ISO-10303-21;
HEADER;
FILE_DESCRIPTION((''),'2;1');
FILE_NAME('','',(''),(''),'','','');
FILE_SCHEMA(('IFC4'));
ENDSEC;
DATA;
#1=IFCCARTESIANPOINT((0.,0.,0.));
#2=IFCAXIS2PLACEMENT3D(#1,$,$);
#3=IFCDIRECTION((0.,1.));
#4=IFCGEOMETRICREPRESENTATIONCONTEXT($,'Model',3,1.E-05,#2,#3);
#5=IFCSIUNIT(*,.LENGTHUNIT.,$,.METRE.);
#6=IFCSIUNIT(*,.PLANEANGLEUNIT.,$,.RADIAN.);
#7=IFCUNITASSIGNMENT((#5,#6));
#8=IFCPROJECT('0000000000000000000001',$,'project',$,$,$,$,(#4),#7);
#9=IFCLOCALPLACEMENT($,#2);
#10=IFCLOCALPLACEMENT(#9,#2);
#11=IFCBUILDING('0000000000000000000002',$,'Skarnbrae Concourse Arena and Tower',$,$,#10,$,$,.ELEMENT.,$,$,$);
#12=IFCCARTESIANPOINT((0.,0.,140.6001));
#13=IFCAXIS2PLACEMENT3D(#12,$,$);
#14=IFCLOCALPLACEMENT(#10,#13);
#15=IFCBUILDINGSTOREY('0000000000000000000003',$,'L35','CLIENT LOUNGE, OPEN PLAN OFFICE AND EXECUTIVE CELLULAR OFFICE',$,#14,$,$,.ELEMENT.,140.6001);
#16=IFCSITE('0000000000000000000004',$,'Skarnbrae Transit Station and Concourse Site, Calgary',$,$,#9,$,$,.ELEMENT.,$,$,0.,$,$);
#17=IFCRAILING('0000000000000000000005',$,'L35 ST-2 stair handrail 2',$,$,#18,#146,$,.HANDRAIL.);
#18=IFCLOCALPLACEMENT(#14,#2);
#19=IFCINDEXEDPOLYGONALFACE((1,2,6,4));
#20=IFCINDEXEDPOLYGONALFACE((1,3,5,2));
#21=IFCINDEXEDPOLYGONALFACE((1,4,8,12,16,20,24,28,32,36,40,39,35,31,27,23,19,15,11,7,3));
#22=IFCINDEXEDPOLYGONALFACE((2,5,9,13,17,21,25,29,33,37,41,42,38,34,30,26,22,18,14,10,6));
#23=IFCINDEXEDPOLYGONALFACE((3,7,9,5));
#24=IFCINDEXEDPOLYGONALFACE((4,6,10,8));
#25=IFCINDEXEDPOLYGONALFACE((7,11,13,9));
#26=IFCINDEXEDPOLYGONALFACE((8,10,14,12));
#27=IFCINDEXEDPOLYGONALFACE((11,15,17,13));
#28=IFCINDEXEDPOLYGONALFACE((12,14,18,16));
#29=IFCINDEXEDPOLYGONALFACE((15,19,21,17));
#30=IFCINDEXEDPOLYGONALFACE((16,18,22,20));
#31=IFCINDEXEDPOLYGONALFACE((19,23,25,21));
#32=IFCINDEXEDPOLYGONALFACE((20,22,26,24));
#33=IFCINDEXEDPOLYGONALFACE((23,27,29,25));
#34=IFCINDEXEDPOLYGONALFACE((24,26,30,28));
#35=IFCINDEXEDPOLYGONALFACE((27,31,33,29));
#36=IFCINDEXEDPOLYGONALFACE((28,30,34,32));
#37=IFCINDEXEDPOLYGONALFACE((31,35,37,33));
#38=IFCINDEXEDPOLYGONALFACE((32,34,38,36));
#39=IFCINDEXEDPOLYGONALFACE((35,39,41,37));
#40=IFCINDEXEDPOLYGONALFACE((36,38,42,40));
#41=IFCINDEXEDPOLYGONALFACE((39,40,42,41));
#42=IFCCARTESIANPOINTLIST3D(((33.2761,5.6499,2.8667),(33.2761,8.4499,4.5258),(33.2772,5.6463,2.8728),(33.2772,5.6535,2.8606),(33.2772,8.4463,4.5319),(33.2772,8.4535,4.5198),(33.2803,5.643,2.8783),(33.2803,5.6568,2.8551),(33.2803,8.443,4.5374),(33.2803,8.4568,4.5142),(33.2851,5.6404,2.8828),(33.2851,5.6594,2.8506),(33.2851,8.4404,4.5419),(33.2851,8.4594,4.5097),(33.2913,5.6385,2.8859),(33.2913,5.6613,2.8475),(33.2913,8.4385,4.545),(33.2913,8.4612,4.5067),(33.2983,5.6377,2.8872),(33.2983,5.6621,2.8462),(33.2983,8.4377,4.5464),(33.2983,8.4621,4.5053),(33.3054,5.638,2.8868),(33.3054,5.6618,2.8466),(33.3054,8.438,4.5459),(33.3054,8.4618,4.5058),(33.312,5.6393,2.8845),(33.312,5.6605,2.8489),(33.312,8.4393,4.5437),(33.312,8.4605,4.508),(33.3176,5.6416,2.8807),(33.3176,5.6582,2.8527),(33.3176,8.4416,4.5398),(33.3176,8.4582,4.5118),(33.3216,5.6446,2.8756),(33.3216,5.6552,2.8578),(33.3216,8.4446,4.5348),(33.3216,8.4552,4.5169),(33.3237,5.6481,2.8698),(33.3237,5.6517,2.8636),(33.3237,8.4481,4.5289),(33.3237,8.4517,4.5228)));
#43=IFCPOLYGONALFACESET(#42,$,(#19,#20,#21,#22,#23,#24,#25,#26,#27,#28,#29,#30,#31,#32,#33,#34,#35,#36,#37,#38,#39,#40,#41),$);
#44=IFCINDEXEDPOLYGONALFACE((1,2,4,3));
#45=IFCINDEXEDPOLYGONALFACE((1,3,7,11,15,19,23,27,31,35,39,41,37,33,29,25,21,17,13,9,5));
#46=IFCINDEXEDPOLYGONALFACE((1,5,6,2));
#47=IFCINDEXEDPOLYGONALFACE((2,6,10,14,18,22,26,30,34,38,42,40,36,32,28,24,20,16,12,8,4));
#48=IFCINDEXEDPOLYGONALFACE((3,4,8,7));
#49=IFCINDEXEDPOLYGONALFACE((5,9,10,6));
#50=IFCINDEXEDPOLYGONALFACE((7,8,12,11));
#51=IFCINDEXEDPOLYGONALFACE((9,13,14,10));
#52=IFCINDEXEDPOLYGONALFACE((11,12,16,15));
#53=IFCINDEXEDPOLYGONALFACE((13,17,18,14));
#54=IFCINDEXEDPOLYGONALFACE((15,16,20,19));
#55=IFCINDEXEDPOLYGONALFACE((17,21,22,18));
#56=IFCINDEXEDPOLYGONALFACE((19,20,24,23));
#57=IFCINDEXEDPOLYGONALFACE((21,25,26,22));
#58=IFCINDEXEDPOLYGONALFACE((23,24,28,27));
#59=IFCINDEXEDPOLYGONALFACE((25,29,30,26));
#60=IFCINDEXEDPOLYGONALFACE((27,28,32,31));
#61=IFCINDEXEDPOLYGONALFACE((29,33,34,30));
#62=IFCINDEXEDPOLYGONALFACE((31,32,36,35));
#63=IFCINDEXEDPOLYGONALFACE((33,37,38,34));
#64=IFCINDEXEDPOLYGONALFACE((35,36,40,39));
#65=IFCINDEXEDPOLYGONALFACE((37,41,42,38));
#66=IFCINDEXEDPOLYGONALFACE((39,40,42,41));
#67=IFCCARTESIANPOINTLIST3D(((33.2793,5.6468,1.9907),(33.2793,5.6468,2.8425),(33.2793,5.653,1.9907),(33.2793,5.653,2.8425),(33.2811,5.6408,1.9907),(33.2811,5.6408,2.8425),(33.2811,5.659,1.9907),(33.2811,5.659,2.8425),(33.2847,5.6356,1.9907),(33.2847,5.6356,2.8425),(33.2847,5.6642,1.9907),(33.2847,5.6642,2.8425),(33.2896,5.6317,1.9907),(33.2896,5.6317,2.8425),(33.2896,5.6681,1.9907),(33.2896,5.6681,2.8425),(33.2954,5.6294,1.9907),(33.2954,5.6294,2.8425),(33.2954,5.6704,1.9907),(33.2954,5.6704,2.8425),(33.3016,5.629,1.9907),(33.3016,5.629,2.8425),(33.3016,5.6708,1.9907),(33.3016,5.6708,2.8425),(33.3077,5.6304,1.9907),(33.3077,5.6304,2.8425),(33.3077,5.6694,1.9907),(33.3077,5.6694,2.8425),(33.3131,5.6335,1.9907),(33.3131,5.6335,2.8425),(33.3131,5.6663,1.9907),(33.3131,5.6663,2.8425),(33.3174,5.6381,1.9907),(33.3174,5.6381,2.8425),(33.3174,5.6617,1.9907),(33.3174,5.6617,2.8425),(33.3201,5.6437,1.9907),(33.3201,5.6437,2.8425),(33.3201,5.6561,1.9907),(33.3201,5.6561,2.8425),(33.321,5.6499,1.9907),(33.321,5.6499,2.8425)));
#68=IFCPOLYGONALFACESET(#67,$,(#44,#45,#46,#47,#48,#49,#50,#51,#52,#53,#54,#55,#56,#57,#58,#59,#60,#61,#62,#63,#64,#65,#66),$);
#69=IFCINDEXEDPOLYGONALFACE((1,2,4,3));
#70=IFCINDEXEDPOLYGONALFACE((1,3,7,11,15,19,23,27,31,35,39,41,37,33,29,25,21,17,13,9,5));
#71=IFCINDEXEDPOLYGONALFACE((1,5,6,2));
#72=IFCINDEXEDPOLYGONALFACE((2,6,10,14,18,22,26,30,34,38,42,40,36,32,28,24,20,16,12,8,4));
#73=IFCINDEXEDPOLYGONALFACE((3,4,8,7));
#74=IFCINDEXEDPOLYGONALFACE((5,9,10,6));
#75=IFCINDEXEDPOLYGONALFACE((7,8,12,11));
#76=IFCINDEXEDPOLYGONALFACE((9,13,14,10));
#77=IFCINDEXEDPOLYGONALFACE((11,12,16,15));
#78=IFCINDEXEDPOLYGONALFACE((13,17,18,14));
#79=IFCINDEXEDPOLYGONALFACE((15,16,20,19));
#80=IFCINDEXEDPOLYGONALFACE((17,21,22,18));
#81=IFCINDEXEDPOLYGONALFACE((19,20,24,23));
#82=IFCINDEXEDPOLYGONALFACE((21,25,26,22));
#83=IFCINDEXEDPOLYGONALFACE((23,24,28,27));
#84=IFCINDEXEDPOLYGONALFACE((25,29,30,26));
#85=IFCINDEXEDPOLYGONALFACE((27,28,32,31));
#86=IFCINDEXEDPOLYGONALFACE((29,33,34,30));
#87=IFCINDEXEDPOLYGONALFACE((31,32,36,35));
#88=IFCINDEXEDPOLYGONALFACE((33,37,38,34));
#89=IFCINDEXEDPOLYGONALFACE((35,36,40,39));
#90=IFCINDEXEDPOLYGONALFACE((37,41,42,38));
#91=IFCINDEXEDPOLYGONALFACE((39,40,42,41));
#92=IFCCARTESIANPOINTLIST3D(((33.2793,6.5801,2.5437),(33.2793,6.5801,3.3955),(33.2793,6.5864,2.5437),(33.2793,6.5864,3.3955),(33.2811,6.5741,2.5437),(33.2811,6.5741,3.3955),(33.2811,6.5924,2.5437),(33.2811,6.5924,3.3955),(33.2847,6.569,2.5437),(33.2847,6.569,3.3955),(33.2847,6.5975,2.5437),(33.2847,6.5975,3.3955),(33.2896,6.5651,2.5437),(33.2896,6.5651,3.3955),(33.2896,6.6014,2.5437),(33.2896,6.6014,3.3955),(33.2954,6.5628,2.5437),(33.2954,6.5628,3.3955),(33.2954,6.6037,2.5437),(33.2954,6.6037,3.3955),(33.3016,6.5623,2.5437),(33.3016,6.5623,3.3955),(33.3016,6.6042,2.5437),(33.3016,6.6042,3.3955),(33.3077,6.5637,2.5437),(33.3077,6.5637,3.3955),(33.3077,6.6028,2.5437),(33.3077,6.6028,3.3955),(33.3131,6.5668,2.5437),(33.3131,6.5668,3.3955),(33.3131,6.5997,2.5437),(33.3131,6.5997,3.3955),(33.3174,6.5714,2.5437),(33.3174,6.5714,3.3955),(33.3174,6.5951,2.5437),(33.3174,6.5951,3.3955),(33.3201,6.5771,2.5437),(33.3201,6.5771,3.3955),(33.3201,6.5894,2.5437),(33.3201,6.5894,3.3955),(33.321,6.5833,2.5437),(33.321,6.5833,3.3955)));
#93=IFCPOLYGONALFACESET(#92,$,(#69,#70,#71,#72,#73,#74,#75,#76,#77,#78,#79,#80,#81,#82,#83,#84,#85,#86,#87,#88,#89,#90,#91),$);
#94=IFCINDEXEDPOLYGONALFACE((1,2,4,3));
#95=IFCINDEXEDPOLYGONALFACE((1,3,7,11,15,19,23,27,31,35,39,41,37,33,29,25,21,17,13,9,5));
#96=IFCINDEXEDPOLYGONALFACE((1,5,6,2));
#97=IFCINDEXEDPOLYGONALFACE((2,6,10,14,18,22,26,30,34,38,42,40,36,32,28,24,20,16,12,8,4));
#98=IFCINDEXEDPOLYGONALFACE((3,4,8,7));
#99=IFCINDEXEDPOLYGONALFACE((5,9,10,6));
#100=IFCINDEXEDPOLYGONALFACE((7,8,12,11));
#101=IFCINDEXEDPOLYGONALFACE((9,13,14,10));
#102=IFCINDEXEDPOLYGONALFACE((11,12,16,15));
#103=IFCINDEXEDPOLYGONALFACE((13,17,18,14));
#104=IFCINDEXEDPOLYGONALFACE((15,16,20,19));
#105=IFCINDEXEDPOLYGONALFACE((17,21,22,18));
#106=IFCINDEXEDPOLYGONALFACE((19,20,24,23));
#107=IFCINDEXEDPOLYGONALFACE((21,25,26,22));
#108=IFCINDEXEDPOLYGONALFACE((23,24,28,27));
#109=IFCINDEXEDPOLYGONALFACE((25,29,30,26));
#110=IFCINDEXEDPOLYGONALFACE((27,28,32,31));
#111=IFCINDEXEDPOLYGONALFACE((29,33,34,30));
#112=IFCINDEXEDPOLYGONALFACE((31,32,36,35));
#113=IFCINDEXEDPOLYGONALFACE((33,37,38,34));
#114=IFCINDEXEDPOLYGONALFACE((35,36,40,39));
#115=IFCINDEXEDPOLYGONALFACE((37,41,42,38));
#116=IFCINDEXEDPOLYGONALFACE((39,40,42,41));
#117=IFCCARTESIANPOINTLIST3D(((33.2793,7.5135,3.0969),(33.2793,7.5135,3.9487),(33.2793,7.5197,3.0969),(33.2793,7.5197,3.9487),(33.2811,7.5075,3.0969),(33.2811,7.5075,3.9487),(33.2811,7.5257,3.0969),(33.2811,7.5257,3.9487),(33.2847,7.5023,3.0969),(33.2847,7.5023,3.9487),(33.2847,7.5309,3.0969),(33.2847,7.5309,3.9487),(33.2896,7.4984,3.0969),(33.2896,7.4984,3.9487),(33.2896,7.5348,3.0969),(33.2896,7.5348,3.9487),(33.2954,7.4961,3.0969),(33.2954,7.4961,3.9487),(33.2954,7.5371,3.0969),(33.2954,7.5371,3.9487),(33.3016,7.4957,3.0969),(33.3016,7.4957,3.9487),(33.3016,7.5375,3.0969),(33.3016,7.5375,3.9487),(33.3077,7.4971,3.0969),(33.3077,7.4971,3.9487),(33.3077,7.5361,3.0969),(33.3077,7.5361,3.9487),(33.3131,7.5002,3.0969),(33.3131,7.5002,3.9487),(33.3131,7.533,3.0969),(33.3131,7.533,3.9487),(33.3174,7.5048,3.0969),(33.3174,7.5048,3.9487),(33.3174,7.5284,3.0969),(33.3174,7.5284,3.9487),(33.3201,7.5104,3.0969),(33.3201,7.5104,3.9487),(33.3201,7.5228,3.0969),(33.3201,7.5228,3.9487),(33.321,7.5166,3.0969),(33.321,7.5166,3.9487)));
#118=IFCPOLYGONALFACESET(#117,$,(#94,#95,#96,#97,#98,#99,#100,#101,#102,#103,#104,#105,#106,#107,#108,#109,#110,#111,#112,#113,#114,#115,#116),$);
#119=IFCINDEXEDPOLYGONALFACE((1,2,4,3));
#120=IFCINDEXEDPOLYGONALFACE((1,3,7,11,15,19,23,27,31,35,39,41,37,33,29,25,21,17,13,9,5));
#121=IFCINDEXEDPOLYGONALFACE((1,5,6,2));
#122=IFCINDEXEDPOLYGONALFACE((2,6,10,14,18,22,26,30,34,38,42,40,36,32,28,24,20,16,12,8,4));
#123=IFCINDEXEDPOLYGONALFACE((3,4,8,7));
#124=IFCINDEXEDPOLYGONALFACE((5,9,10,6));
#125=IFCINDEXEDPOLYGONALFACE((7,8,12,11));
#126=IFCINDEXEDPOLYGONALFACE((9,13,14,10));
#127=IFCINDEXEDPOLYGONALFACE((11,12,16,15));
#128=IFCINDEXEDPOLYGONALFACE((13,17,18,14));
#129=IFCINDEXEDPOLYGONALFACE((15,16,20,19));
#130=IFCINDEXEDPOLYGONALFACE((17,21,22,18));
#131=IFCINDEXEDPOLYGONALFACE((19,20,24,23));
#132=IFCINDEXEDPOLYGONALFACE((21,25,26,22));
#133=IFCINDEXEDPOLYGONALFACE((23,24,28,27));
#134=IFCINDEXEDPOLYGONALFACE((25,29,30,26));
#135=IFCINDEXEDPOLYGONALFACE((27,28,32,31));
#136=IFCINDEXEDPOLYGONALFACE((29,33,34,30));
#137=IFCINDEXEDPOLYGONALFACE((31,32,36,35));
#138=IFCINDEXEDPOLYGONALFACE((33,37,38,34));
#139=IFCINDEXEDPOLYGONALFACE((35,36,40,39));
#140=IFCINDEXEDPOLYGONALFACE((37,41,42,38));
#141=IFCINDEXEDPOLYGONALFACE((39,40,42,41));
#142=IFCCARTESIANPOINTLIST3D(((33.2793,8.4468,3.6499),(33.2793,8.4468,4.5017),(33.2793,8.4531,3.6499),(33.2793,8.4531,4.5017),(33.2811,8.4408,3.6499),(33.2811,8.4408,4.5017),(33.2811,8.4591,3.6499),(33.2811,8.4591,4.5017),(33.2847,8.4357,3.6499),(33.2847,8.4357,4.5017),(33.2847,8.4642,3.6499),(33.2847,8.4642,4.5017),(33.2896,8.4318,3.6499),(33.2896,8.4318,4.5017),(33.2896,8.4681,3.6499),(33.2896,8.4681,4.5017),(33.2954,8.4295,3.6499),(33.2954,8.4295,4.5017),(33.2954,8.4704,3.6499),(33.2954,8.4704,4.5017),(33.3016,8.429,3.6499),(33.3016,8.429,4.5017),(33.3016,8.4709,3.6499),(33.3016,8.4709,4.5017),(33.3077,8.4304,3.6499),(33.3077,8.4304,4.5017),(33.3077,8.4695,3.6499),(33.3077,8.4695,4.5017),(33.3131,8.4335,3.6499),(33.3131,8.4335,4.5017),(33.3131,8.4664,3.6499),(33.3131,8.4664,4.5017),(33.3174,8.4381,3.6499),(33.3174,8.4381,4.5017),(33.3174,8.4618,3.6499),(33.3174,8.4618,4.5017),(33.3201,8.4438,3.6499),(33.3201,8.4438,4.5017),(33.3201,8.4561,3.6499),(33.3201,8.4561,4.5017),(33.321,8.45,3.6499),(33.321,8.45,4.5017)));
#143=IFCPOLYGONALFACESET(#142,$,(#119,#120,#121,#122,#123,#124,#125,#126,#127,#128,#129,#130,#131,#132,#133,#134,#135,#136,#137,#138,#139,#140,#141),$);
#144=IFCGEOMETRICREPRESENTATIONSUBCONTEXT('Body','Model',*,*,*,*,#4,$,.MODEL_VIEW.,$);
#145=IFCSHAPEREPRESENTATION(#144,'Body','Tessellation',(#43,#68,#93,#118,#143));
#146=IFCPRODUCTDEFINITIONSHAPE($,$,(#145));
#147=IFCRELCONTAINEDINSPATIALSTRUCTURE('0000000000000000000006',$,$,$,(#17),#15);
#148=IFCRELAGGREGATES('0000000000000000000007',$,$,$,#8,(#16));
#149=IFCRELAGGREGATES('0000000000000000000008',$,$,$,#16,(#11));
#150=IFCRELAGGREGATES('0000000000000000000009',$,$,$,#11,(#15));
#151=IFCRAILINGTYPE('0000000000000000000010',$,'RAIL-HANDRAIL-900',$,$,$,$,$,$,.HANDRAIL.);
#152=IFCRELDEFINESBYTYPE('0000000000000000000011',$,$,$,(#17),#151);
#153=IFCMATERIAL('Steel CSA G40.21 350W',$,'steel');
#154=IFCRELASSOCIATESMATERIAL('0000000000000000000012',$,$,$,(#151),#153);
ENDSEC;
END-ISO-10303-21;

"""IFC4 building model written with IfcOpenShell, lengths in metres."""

from ifc_helpers import new_model, si_unit, direction, frame, origin, origin_2d, place, context, subcontext, project, spatial, circle, extrude, material, type_object, element, save


model = new_model("IFC4")

# Units and contexts
model_context = context("Model", 3, precision=1e-05, world=origin(), true_north=direction((0.0, 1.0)))
body_context = subcontext(model_context, "Body", "Model", "MODEL_VIEW")
ifc_project = project(units=[si_unit("LENGTHUNIT", "METRE"), si_unit("PLANEANGLEUNIT", "RADIAN")], contexts=[model_context])

# Site, building, storey
site_placement = place(None, origin())
site = spatial("IfcSite", under=ifc_project, at=site_placement, Name="Skarnbrae Transit Station and Concourse Site, Calgary", CompositionType="ELEMENT", RefElevation=0.0)
building_placement = place(site_placement, origin())
building = spatial("IfcBuilding", under=site, at=building_placement, Name="Skarnbrae Concourse Arena and Tower", CompositionType="ELEMENT")
storey_placement = place(building_placement, frame((0.0, 0.0, 140.6001)))
storey = spatial("IfcBuildingStorey", under=building, at=storey_placement, Name="L35", Description="CLIENT LOUNGE, OPEN PLAN OFFICE AND EXECUTIVE CELLULAR OFFICE", CompositionType="ELEMENT", Elevation=140.6001)

# Shared definitions
ifc_material_1 = material(Name="Steel CSA G40.21 350W", Category="steel")

# Railing
railing_type_1 = type_object("IfcRailingType", Name="RAIL-HANDRAIL-900", PredefinedType="HANDRAIL", material=ifc_material_1)
railing_1_placement = place(storey_placement, frame((33.3, 5.6499, 1.9907)))
element("IfcRailing", 1, at=railing_1_placement, inside=storey, type_object=railing_type_1, Name="L35 ST-2 stair handrail 2", PredefinedType="HANDRAIL", context=body_context, shape_type="SweptSolid", body=[
    extrude(circle(Radius=0.0239, at=origin_2d()), frame((0.0, 0.0, 0.876), z_axis=(0.0, 0.860306, 0.509778), x_axis=(-1.0, 0.0, 0.0)), (0.0, 0.0, 1.0), 3.2546),
    extrude(circle(Radius=0.021, at=origin_2d()), origin(), (0.0, 0.0, 1.0), 0.8518),
    extrude(circle(Radius=0.021, at=origin_2d()), frame((0.0, 0.9333, 0.553)), (0.0, 0.0, 1.0), 0.8518),
    extrude(circle(Radius=0.021, at=origin_2d()), frame((0.0, 1.8667, 1.1062)), (0.0, 0.0, 1.0), 0.8518),
    extrude(circle(Radius=0.021, at=origin_2d()), frame((0.0, 2.8, 1.6592)), (0.0, 0.0, 1.0), 0.8518),
])

save(model, "model.ifc")
